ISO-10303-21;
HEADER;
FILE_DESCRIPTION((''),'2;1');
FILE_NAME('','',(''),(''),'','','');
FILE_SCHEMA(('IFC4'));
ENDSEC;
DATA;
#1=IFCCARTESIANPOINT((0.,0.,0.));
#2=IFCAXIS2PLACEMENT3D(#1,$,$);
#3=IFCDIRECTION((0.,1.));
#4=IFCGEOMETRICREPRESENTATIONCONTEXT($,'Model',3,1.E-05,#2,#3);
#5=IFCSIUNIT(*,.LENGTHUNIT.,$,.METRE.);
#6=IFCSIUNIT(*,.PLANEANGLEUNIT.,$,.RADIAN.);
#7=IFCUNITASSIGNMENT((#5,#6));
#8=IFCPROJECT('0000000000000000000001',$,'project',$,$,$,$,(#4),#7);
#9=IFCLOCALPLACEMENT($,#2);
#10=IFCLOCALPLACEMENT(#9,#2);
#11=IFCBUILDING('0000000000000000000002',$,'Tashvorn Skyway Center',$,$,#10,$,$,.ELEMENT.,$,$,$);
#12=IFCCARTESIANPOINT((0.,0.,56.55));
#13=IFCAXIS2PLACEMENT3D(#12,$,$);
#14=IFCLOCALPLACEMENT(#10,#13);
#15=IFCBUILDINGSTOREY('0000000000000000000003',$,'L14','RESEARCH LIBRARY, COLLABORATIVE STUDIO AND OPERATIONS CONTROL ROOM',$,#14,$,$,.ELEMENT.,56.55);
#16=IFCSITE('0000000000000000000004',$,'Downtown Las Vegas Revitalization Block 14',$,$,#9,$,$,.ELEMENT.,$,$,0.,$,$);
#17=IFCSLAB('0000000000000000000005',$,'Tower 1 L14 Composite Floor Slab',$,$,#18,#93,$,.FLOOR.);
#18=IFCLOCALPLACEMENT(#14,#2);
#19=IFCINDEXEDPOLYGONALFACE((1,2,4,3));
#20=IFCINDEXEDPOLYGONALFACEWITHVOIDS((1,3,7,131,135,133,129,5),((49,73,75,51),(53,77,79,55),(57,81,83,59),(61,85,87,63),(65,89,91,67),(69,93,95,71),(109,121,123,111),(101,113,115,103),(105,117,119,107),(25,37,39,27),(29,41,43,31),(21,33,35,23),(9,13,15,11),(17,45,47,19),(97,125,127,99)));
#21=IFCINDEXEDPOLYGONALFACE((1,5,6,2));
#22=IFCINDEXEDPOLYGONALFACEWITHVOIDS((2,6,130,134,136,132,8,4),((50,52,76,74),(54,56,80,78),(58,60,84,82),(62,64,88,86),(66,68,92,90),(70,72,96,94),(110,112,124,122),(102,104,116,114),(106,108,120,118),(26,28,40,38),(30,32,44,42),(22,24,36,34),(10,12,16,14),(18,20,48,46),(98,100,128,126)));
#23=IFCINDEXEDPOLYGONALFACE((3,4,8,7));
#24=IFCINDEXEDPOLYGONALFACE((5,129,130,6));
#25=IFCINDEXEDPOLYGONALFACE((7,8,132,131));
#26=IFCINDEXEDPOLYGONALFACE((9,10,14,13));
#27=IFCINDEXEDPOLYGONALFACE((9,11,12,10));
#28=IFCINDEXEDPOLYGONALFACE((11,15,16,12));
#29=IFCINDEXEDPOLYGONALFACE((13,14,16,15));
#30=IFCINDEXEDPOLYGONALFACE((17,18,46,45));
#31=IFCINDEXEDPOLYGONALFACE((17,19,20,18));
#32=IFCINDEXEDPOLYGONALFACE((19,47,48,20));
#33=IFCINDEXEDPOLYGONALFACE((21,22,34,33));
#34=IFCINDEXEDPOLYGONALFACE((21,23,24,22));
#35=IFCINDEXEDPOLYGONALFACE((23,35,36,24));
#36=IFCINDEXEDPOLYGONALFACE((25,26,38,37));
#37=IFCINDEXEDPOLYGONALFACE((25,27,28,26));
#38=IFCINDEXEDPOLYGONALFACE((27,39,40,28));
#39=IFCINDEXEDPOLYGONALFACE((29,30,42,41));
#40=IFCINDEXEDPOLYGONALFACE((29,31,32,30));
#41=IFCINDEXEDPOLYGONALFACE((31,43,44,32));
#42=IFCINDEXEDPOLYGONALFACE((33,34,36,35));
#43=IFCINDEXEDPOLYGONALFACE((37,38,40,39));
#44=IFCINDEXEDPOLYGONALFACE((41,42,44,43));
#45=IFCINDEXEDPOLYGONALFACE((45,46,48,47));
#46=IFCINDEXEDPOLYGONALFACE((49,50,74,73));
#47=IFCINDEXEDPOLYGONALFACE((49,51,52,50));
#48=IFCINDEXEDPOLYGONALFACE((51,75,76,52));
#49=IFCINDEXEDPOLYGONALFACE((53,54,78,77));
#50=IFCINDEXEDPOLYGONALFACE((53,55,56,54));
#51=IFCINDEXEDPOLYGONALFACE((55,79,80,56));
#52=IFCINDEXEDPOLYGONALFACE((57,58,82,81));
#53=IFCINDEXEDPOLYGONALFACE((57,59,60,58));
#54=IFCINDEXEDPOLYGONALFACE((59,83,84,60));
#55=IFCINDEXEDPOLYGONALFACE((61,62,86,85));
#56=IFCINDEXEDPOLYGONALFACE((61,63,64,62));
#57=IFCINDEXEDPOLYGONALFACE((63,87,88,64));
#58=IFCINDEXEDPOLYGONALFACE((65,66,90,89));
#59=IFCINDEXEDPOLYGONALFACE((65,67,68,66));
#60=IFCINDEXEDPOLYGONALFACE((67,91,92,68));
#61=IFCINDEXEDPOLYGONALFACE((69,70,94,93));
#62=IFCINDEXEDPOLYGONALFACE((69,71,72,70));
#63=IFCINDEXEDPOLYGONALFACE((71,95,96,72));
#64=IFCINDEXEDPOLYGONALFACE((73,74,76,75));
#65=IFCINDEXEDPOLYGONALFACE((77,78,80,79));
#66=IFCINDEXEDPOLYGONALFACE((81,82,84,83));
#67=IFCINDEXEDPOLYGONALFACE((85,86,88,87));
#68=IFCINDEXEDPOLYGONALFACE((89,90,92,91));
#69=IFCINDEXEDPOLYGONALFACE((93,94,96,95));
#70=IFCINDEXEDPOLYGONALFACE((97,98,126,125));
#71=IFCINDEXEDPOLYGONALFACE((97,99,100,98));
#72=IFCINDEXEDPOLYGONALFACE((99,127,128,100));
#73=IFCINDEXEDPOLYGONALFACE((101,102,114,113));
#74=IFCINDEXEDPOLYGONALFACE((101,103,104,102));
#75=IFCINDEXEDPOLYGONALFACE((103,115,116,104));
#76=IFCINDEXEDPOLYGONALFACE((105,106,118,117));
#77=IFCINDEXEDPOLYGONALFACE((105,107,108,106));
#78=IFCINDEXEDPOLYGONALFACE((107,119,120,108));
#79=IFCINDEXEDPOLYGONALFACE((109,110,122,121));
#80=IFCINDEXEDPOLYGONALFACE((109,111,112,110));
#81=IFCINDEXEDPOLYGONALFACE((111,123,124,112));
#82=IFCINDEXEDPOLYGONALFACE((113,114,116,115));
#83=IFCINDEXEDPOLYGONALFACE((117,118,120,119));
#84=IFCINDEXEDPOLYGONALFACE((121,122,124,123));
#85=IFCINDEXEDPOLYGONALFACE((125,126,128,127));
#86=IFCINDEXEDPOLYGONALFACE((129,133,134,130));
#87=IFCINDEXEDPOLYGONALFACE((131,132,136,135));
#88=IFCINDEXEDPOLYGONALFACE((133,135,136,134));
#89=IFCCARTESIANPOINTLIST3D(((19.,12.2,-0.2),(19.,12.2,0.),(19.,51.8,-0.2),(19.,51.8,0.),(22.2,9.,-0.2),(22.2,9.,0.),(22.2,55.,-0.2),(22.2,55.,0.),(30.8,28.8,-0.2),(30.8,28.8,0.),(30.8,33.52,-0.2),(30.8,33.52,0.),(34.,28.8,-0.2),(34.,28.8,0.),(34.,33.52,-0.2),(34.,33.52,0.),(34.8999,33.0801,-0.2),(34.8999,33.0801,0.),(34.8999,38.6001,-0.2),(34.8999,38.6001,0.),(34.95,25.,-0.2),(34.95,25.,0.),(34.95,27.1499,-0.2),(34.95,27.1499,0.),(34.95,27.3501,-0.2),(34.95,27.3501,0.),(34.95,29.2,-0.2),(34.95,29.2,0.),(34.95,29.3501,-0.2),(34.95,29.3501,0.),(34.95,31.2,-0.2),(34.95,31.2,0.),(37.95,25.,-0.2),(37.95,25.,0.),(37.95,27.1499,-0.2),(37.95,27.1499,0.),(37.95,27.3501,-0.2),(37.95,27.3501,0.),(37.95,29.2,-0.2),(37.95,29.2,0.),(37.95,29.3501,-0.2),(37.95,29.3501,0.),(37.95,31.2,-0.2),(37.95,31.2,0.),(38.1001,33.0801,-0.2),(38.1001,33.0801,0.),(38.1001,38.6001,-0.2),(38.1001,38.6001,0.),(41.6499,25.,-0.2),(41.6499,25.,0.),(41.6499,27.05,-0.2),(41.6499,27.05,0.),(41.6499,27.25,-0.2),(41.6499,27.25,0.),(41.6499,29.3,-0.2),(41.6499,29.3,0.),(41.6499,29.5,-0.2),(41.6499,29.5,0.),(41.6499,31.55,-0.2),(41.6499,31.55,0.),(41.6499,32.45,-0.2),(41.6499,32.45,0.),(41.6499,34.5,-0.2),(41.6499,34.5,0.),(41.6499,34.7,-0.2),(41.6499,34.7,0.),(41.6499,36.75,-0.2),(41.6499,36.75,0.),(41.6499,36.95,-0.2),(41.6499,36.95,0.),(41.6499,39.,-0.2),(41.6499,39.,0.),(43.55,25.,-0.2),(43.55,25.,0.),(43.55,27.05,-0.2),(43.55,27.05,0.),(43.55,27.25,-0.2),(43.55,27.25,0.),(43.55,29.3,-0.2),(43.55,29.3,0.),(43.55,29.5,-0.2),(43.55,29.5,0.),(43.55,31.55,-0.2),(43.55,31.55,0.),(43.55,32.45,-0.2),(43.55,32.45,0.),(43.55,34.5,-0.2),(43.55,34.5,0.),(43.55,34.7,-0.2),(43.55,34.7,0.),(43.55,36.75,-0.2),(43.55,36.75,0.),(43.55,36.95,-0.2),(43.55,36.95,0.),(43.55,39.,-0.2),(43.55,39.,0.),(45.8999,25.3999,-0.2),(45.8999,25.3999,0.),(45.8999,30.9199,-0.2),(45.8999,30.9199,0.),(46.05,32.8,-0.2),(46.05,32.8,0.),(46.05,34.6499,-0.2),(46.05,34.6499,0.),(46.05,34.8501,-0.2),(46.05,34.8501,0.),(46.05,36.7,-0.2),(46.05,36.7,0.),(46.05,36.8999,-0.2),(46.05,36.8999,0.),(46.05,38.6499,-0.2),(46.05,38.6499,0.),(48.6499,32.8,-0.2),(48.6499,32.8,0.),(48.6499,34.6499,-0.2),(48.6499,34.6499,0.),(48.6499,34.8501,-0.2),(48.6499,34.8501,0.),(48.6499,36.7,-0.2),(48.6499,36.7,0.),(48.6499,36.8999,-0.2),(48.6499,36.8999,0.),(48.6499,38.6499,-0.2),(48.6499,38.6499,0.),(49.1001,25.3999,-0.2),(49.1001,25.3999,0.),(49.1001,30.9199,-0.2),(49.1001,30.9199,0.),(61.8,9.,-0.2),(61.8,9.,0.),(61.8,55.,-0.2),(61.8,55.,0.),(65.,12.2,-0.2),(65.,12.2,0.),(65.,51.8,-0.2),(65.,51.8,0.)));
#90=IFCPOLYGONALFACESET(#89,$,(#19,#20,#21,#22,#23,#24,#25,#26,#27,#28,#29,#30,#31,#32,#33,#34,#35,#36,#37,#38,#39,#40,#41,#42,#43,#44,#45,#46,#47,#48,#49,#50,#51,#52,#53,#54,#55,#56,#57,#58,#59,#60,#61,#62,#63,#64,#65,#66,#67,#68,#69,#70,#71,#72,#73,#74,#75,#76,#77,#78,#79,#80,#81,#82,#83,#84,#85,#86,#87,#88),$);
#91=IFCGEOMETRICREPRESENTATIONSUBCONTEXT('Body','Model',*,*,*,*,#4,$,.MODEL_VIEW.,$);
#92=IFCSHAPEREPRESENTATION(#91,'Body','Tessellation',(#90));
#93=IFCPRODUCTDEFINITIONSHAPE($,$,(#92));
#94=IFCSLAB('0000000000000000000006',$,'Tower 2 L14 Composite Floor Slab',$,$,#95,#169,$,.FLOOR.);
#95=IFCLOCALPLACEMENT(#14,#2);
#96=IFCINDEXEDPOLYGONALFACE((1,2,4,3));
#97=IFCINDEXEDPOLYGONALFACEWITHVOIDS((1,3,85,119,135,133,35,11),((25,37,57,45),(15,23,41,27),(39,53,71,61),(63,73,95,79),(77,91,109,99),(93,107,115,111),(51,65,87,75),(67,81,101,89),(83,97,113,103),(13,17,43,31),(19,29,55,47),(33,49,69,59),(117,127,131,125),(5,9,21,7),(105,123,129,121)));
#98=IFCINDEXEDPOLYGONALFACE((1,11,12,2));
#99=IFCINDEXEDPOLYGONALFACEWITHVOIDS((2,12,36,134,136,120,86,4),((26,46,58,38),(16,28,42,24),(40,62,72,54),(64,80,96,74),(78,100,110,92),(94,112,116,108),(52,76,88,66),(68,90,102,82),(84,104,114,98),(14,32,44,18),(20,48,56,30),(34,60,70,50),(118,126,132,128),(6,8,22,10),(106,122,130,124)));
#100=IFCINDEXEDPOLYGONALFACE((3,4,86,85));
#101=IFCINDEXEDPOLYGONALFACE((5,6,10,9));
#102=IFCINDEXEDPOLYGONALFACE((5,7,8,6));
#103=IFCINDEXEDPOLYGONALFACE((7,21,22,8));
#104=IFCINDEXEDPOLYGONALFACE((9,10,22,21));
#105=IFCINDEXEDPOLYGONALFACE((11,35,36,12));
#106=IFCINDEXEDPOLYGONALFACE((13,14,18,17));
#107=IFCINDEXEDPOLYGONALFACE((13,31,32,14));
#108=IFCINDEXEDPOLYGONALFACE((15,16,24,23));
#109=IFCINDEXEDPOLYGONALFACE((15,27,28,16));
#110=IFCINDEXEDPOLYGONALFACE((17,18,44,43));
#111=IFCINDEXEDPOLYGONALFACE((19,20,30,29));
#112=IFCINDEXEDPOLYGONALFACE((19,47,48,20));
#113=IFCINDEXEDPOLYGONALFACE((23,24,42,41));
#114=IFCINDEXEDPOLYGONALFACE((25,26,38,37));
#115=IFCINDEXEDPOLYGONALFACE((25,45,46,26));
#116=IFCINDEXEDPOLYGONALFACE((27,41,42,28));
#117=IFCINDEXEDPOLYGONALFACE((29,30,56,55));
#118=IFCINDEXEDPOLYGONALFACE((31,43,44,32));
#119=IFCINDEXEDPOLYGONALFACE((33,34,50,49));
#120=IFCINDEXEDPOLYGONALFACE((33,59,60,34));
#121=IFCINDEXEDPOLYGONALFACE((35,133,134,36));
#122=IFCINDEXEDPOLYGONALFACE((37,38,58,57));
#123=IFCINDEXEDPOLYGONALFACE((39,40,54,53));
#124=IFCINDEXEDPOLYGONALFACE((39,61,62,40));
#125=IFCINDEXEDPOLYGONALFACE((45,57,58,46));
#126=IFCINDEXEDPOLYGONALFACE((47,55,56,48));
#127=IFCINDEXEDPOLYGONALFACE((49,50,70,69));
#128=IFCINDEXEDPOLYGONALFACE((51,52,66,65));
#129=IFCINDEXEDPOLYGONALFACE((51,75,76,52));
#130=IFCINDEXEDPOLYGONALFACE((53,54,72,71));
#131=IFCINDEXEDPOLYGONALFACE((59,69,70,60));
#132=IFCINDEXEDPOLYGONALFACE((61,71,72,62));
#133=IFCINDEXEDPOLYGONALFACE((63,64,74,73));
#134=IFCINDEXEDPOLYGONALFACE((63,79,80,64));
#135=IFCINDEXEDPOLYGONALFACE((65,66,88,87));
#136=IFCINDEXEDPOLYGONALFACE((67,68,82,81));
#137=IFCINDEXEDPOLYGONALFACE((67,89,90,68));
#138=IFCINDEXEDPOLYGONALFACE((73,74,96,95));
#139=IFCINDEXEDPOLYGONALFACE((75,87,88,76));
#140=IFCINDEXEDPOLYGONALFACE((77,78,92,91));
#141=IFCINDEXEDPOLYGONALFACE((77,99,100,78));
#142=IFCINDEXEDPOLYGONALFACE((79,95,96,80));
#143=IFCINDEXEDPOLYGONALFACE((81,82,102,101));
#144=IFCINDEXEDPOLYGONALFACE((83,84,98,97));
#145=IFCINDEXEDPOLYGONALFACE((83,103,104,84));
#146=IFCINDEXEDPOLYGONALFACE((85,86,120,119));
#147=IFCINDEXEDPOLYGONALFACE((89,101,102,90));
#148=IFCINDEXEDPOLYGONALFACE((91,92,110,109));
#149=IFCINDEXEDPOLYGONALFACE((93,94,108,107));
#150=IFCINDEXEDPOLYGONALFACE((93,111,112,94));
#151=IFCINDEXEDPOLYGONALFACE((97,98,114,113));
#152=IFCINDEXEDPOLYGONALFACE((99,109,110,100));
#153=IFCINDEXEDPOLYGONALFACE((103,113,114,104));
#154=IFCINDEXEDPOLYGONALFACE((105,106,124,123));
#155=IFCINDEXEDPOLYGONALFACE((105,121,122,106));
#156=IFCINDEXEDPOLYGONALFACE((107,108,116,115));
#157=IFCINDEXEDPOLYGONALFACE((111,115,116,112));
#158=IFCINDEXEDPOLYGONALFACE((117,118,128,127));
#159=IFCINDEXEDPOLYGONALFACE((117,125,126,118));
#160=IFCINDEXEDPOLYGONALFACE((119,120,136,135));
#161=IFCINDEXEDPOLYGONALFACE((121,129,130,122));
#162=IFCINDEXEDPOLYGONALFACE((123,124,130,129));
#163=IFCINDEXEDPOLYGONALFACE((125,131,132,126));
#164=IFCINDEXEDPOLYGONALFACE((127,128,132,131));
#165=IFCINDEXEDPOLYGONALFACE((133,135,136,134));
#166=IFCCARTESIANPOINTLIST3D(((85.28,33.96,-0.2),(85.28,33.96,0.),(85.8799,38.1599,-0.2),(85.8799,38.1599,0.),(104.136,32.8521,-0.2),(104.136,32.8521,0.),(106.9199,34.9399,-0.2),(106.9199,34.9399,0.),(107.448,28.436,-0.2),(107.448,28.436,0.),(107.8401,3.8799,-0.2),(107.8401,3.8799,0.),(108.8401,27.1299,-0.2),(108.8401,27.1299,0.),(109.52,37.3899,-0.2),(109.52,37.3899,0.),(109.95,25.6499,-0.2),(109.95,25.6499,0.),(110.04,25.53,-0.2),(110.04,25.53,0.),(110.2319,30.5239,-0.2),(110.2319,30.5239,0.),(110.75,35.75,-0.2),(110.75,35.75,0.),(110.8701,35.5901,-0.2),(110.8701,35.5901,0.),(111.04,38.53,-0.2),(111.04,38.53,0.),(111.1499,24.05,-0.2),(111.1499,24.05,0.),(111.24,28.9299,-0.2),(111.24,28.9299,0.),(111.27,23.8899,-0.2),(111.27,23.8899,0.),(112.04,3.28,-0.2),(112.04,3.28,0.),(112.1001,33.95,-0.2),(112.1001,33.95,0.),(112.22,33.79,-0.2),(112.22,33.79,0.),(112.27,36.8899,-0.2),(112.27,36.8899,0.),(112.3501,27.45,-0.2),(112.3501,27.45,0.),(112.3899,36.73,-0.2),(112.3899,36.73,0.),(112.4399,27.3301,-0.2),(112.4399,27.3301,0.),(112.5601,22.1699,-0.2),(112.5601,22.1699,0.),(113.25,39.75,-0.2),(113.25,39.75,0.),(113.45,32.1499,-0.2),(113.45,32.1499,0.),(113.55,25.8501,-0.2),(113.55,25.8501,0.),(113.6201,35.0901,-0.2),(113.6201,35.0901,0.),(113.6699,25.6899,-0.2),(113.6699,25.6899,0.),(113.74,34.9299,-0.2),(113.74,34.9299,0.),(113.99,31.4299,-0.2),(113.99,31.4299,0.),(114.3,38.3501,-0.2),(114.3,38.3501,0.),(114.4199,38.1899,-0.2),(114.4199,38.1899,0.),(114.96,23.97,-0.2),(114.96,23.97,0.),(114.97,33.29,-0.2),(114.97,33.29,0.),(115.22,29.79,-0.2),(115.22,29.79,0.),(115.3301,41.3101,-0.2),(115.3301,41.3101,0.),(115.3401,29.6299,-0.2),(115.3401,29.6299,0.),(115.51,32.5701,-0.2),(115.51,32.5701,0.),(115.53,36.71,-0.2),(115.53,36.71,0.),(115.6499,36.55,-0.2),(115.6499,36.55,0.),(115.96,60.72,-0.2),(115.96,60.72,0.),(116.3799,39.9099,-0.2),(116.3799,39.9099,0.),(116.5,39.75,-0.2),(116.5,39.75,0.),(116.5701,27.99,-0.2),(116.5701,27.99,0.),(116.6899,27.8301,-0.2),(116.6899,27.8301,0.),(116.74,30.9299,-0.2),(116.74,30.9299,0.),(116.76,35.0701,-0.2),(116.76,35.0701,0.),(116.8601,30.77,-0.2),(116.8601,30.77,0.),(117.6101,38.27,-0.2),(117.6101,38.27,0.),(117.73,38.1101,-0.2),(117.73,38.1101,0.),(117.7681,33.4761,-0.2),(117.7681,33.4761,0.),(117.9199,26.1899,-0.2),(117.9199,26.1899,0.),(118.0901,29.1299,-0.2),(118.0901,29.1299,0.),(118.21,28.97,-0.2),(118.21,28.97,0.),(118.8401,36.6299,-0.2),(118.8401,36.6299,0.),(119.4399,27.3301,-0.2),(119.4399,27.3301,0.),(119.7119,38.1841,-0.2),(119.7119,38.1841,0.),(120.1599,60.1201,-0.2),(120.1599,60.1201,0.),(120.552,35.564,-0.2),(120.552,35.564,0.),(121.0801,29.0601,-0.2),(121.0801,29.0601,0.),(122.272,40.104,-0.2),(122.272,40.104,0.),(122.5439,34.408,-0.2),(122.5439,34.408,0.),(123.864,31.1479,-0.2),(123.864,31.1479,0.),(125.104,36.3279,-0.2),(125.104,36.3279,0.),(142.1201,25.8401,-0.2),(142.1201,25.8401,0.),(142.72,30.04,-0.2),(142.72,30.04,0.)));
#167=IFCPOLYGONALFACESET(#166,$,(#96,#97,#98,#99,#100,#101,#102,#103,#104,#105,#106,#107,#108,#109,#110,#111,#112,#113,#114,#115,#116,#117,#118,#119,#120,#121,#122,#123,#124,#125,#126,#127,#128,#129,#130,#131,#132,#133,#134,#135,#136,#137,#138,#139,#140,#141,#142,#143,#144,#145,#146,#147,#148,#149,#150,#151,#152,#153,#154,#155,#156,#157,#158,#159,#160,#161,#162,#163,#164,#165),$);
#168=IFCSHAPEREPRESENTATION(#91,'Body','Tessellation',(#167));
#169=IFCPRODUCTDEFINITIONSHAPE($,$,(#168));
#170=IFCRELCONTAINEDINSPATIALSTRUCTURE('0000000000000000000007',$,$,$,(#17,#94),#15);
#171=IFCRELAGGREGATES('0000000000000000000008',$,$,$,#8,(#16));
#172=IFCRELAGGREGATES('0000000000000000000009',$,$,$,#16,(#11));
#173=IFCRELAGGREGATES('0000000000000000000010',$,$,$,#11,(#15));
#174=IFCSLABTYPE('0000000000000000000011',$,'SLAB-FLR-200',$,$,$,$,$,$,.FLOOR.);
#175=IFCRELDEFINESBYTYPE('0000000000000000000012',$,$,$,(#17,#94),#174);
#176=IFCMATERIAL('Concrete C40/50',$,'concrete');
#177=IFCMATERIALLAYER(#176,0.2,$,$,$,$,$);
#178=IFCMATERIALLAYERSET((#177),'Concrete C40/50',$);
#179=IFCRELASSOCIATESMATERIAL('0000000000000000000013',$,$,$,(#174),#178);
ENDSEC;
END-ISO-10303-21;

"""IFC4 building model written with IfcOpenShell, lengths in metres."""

from ifc_helpers import new_model, si_unit, direction, frame, origin, place, context, subcontext, project, spatial, polyline, outline, extrude, material, layer, layer_set, type_object, element, save


model = new_model("IFC4")

# Units and contexts
model_context = context("Model", 3, precision=1e-05, world=origin(), true_north=direction((0.0, 1.0)))
body_context = subcontext(model_context, "Body", "Model", "MODEL_VIEW")
ifc_project = project(units=[si_unit("LENGTHUNIT", "METRE"), si_unit("PLANEANGLEUNIT", "RADIAN")], contexts=[model_context])

# Site, building, storey
site_placement = place(None, origin())
site = spatial("IfcSite", under=ifc_project, at=site_placement, Name="Downtown Las Vegas Revitalization Block 14", CompositionType="ELEMENT", RefElevation=0.0)
building_placement = place(site_placement, origin())
building = spatial("IfcBuilding", under=site, at=building_placement, Name="Tashvorn Skyway Center", CompositionType="ELEMENT")
storey_placement = place(building_placement, frame((0.0, 0.0, 56.55)))
storey = spatial("IfcBuildingStorey", under=building, at=storey_placement, Name="L14", Description="RESEARCH LIBRARY, COLLABORATIVE STUDIO AND OPERATIONS CONTROL ROOM", CompositionType="ELEMENT", Elevation=56.55)

# Slabs
ifc_material_1 = material(Name="Concrete C40/50", Category="concrete")
ifc_layer_1 = layer(ifc_material_1, 0.2)
ifc_layer_set_1 = layer_set([ifc_layer_1], Name="Concrete C40/50")
slab_type_1 = type_object("IfcSlabType", Name="SLAB-FLR-200", PredefinedType="FLOOR", material=ifc_layer_set_1)
slab_1_placement = place(storey_placement, frame((0.0, 0.0, -0.2)))
element("IfcSlab", 1, at=slab_1_placement, inside=storey, type_object=slab_type_1, Name="Tower 1 L14 Composite Floor Slab", PredefinedType="FLOOR", context=body_context, shape_type="SweptSolid", body=[
    extrude(outline(polyline([(22.2, 9.0), (61.8, 9.0), (65.0, 12.2), (65.0, 51.8), (61.8, 55.0), (22.2, 55.0), (19.0, 51.8), (19.0, 12.2), (22.2, 9.0)]), holes=[polyline([(38.1001, 33.0801), (38.1001, 38.6001), (34.8999, 38.6001), (34.8999, 33.0801), (38.1001, 33.0801)]), polyline([(45.8999, 30.9199), (45.8999, 25.3999), (49.1001, 25.3999), (49.1001, 30.9199), (45.8999, 30.9199)]), polyline([(30.8, 33.52), (30.8, 28.8), (34.0, 28.8), (34.0, 33.52), (30.8, 33.52)]), polyline([(34.95, 29.3501), (37.95, 29.3501), (37.95, 31.2), (34.95, 31.2), (34.95, 29.3501)]), polyline([(34.95, 27.3501), (37.95, 27.3501), (37.95, 29.2), (34.95, 29.2), (34.95, 27.3501)]), polyline([(34.95, 25.0), (37.95, 25.0), (37.95, 27.1499), (34.95, 27.1499), (34.95, 25.0)]), polyline([(41.6499, 25.0), (43.55, 25.0), (43.55, 27.05), (41.6499, 27.05), (41.6499, 25.0)]), polyline([(41.6499, 27.25), (43.55, 27.25), (43.55, 29.3), (41.6499, 29.3), (41.6499, 27.25)]), polyline([(41.6499, 29.5), (43.55, 29.5), (43.55, 31.55), (41.6499, 31.55), (41.6499, 29.5)]), polyline([(41.6499, 32.45), (43.55, 32.45), (43.55, 34.5), (41.6499, 34.5), (41.6499, 32.45)]), polyline([(41.6499, 34.7), (43.55, 34.7), (43.55, 36.75), (41.6499, 36.75), (41.6499, 34.7)]), polyline([(41.6499, 36.95), (43.55, 36.95), (43.55, 39.0), (41.6499, 39.0), (41.6499, 36.95)]), polyline([(46.05, 32.8), (48.6499, 32.8), (48.6499, 34.6499), (46.05, 34.6499), (46.05, 32.8)]), polyline([(46.05, 34.8501), (48.6499, 34.8501), (48.6499, 36.7), (46.05, 36.7), (46.05, 34.8501)]), polyline([(46.05, 36.8999), (48.6499, 36.8999), (48.6499, 38.6499), (46.05, 38.6499), (46.05, 36.8999)])]), origin(), (0.0, 0.0, 1.0), 0.2),
])
slab_2_placement = place(storey_placement, frame((0.0, 0.0, -0.2)))
element("IfcSlab", 2, at=slab_2_placement, inside=storey, type_object=slab_type_1, Name="Tower 2 L14 Composite Floor Slab", PredefinedType="FLOOR", context=body_context, shape_type="SweptSolid", body=[
    extrude(outline(polyline([(112.04, 3.28), (142.1201, 25.8401), (142.72, 30.04), (120.1599, 60.1201), (115.96, 60.72), (85.8799, 38.1599), (85.28, 33.96), (107.8401, 3.8799), (112.04, 3.28)]), holes=[polyline([(110.2319, 30.5239), (106.9199, 34.9399), (104.136, 32.8521), (107.448, 28.436), (110.2319, 30.5239)]), polyline([(117.7681, 33.4761), (121.0801, 29.0601), (123.864, 31.1479), (120.552, 35.564), (117.7681, 33.4761)]), polyline([(119.7119, 38.1841), (122.5439, 34.408), (125.104, 36.3279), (122.272, 40.104), (119.7119, 38.1841)]), polyline([(109.95, 25.6499), (112.3501, 27.45), (111.24, 28.9299), (108.8401, 27.1299), (109.95, 25.6499)]), polyline([(111.1499, 24.05), (113.55, 25.8501), (112.4399, 27.3301), (110.04, 25.53), (111.1499, 24.05)]), polyline([(112.5601, 22.1699), (114.96, 23.97), (113.6699, 25.6899), (111.27, 23.8899), (112.5601, 22.1699)]), polyline([(117.9199, 26.1899), (119.4399, 27.3301), (118.21, 28.97), (116.6899, 27.8301), (117.9199, 26.1899)]), polyline([(116.5701, 27.99), (118.0901, 29.1299), (116.8601, 30.77), (115.3401, 29.6299), (116.5701, 27.99)]), polyline([(115.22, 29.79), (116.74, 30.9299), (115.51, 32.5701), (113.99, 31.4299), (115.22, 29.79)]), polyline([(113.45, 32.1499), (114.97, 33.29), (113.74, 34.9299), (112.22, 33.79), (113.45, 32.1499)]), polyline([(112.1001, 33.95), (113.6201, 35.0901), (112.3899, 36.73), (110.8701, 35.5901), (112.1001, 33.95)]), polyline([(110.75, 35.75), (112.27, 36.8899), (111.04, 38.53), (109.52, 37.3899), (110.75, 35.75)]), polyline([(116.76, 35.0701), (118.8401, 36.6299), (117.73, 38.1101), (115.6499, 36.55), (116.76, 35.0701)]), polyline([(115.53, 36.71), (117.6101, 38.27), (116.5, 39.75), (114.4199, 38.1899), (115.53, 36.71)]), polyline([(114.3, 38.3501), (116.3799, 39.9099), (115.3301, 41.3101), (113.25, 39.75), (114.3, 38.3501)])]), origin(), (0.0, 0.0, 1.0), 0.2),
])

save(model, "model.ifc")
